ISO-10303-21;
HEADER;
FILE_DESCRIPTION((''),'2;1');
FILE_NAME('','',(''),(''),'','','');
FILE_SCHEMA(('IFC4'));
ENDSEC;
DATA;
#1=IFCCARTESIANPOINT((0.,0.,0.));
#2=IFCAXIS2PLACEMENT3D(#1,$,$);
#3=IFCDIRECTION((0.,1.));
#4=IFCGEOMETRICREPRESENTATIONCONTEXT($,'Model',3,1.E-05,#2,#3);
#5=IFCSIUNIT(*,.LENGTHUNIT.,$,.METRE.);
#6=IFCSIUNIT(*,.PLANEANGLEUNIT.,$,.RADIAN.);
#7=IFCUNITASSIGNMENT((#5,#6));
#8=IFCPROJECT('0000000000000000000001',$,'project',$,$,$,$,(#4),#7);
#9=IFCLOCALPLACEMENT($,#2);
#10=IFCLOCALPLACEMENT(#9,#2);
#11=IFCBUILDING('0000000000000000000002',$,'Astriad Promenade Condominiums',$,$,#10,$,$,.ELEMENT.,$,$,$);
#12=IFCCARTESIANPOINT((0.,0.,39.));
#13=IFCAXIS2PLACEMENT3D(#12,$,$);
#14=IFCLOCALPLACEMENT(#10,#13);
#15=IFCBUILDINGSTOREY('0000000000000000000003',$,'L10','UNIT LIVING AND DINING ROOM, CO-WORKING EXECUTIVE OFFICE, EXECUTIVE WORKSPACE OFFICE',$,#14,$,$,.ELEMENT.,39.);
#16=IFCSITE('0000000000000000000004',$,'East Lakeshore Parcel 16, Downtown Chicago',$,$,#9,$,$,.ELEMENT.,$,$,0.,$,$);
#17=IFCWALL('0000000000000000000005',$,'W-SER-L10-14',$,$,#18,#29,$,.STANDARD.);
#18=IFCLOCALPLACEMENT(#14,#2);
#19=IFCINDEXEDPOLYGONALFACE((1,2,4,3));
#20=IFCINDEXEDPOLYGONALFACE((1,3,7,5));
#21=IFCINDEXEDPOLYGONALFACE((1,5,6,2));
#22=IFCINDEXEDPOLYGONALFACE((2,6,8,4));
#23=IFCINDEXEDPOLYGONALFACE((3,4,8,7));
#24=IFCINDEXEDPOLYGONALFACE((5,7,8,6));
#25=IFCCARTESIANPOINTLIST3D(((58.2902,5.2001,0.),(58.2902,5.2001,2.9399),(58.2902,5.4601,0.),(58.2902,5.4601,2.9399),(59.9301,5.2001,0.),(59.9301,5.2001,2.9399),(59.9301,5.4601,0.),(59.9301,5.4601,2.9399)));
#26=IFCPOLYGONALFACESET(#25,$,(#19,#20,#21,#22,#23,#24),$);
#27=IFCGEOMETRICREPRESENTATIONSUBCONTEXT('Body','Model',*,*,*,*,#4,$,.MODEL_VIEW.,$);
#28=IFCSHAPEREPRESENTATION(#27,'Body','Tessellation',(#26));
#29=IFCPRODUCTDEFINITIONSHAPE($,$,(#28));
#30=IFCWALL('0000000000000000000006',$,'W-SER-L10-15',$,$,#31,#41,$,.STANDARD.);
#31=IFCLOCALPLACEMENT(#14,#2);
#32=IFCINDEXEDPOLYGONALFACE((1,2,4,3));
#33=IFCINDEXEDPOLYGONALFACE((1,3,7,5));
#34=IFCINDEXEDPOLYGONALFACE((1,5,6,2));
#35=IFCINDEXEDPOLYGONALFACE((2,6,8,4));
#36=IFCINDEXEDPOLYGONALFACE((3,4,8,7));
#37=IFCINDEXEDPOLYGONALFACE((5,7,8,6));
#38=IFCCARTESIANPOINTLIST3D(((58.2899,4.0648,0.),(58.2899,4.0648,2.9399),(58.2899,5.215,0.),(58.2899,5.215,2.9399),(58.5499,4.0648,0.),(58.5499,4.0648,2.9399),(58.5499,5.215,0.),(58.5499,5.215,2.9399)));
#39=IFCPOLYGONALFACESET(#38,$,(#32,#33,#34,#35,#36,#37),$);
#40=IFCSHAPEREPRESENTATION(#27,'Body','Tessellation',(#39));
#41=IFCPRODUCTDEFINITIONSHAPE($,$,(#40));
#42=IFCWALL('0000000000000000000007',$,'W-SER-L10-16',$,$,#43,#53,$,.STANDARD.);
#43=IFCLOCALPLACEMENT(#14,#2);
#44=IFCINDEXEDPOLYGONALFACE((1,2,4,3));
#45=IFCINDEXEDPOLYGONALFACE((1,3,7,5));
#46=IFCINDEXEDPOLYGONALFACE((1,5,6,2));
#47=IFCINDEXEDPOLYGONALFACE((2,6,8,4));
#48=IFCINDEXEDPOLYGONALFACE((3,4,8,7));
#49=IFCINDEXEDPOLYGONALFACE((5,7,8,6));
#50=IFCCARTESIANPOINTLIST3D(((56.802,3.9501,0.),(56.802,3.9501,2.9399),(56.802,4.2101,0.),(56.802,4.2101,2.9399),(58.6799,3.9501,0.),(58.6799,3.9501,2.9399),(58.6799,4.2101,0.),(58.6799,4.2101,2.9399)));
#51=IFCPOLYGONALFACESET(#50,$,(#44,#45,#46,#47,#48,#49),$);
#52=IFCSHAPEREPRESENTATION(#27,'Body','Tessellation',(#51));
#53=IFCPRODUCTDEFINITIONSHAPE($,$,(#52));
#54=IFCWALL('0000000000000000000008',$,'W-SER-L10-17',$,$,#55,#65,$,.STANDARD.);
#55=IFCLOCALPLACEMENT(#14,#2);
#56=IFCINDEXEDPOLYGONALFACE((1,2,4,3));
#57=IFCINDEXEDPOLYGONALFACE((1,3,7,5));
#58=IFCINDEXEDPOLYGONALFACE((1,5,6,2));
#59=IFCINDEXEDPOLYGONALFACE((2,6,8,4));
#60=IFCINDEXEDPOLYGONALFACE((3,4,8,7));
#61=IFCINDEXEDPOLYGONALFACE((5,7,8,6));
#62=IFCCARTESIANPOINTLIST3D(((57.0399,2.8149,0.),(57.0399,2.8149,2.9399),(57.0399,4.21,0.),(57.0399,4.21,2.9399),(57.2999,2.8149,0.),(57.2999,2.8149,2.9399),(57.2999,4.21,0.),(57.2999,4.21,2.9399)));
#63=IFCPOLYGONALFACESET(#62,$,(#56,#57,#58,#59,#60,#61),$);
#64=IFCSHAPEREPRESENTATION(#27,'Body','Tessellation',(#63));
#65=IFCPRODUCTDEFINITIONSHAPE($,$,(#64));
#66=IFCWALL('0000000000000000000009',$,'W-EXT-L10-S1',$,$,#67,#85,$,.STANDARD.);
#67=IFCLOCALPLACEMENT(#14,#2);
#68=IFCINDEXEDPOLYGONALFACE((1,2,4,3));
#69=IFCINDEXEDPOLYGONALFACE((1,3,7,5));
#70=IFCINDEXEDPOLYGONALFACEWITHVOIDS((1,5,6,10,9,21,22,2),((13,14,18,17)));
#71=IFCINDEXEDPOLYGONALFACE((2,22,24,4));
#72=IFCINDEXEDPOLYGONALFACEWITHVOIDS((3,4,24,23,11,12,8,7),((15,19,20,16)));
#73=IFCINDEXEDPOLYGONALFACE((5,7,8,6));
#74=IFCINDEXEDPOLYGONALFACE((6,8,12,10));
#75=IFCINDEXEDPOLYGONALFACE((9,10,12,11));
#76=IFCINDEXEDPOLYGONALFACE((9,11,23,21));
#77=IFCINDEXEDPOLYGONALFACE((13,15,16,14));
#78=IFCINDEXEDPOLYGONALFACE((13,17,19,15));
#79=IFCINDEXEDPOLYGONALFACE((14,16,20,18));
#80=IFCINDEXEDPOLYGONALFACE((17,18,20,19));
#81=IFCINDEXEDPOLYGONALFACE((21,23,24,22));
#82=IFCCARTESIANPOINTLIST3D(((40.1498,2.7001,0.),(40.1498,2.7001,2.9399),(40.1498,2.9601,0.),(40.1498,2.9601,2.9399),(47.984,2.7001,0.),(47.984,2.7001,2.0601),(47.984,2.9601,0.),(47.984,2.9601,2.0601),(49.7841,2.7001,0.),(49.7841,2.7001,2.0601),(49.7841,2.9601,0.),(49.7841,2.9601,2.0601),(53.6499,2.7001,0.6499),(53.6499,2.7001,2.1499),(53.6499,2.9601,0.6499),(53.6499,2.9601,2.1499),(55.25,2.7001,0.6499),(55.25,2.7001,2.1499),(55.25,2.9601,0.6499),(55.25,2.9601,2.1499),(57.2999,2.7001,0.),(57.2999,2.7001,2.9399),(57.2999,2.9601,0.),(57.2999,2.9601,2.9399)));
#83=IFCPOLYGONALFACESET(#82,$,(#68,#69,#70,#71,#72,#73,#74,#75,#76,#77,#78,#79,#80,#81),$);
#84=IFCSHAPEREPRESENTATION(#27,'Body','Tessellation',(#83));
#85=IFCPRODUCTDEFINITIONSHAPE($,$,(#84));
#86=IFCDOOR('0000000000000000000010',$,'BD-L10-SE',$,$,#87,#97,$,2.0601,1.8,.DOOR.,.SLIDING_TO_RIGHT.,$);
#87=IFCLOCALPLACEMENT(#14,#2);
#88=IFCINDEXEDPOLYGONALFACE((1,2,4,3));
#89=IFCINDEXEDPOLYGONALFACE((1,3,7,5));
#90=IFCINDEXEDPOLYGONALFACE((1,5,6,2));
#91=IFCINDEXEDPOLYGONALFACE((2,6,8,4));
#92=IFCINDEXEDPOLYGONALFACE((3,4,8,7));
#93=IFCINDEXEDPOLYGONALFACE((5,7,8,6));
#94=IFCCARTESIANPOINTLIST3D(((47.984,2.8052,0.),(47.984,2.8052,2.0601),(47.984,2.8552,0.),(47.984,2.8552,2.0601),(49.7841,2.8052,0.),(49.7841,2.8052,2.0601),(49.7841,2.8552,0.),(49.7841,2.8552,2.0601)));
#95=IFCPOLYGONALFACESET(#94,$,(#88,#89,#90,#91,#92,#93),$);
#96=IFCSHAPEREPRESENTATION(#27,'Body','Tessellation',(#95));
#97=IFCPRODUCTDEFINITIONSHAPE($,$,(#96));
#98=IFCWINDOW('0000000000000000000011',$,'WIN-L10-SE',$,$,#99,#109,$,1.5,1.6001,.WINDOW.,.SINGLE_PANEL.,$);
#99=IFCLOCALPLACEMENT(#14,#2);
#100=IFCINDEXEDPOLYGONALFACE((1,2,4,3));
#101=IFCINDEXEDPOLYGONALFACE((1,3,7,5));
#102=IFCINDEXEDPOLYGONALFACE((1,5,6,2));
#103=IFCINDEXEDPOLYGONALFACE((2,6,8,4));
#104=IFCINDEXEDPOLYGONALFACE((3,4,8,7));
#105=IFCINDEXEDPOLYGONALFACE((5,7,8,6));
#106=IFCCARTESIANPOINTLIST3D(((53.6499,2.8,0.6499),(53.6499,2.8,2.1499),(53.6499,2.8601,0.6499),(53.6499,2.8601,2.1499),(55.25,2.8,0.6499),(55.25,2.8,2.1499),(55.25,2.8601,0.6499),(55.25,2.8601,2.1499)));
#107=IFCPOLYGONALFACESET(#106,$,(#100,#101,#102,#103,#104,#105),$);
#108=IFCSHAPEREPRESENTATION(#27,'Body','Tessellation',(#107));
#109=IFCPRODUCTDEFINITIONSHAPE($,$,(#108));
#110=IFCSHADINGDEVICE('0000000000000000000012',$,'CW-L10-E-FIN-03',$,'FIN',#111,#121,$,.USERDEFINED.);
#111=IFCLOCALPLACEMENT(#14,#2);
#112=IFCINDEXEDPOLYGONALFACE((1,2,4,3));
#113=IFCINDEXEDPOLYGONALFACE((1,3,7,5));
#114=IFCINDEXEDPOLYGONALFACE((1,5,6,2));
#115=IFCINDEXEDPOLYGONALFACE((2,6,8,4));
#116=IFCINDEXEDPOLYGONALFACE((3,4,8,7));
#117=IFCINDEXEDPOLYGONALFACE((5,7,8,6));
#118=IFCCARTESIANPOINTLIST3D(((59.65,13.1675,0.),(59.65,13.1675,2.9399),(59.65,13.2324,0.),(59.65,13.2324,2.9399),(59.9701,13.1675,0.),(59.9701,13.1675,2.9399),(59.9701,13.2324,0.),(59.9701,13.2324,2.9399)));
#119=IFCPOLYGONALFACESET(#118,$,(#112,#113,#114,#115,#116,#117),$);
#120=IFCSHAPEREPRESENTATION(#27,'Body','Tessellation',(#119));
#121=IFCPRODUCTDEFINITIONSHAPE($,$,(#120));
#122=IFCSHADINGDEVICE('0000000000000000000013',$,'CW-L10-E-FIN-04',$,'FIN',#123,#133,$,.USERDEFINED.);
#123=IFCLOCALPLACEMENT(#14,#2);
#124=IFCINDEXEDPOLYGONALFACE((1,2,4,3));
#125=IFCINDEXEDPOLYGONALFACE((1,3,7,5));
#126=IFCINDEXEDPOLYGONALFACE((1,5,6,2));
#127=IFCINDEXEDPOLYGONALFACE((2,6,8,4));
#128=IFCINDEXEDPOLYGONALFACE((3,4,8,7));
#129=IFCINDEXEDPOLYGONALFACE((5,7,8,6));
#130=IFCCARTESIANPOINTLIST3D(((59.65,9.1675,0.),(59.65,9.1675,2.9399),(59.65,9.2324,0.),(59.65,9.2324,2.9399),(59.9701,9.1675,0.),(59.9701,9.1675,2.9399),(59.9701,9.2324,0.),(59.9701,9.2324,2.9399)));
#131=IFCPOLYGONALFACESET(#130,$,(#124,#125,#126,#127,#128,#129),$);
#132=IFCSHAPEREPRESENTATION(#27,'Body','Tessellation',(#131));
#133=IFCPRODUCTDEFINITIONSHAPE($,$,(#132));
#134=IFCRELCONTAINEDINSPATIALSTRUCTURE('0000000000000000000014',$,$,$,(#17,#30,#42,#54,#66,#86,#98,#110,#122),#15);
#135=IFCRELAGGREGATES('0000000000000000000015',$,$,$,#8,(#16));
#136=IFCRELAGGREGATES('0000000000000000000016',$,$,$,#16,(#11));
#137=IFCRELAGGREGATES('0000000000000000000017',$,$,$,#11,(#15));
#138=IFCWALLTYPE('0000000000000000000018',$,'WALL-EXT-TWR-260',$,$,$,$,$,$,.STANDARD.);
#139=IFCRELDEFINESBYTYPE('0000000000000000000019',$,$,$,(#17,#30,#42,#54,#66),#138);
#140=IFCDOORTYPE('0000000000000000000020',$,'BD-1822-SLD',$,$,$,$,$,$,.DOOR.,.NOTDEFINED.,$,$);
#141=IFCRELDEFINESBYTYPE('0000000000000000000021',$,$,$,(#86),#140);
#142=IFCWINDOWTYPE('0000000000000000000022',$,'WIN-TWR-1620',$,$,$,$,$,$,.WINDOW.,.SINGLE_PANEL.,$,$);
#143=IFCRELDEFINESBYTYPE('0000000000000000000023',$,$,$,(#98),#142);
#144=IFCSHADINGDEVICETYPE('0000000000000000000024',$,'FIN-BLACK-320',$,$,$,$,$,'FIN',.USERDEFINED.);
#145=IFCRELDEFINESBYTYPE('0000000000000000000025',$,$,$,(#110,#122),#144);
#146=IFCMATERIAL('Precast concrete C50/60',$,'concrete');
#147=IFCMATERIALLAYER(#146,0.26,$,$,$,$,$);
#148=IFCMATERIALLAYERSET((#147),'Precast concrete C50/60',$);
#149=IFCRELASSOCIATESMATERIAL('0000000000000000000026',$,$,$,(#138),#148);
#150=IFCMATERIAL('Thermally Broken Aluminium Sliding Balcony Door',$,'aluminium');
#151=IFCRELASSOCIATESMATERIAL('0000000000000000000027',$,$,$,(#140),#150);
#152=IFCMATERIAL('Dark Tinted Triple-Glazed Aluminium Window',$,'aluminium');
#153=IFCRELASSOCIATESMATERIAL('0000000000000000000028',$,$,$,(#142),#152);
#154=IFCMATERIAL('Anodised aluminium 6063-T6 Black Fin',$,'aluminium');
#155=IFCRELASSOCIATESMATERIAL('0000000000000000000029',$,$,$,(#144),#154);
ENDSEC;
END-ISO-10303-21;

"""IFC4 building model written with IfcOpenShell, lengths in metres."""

from ifc_helpers import new_model, si_unit, direction, frame, frame_2d, origin, origin_2d, place, context, subcontext, project, spatial, rectangle, extrude, source, transform, mapped, material, layer, layer_set, type_object, type_shapes, element, fill, save


model = new_model("IFC4")

# Units and contexts
model_context = context("Model", 3, precision=1e-05, world=origin(), true_north=direction((0.0, 1.0)))
body_context = subcontext(model_context, "Body", "Model", "MODEL_VIEW")
ifc_project = project(units=[si_unit("LENGTHUNIT", "METRE"), si_unit("PLANEANGLEUNIT", "RADIAN")], contexts=[model_context])

# Site, building, storey
site_placement = place(None, origin())
site = spatial("IfcSite", under=ifc_project, at=site_placement, Name="East Lakeshore Parcel 16, Downtown Chicago", CompositionType="ELEMENT", RefElevation=0.0)
building_placement = place(site_placement, origin())
building = spatial("IfcBuilding", under=site, at=building_placement, Name="Astriad Promenade Condominiums", CompositionType="ELEMENT")
storey_placement = place(building_placement, frame((0.0, 0.0, 39.0)))
storey = spatial("IfcBuildingStorey", under=building, at=storey_placement, Name="L10", Description="UNIT LIVING AND DINING ROOM, CO-WORKING EXECUTIVE OFFICE, EXECUTIVE WORKSPACE OFFICE", CompositionType="ELEMENT", Elevation=39.0)

# Walls
ifc_material_1 = material(Name="Precast concrete C50/60", Category="concrete")
ifc_layer_1 = layer(ifc_material_1, 0.26)
ifc_layer_set_1 = layer_set([ifc_layer_1], Name="Precast concrete C50/60")
wall_type = type_object("IfcWallType", Name="WALL-EXT-TWR-260", PredefinedType="STANDARD", material=ifc_layer_set_1)
wall_1_placement = place(storey_placement, frame((59.9299, 5.3301, 0.0), z_axis=(0.0, 0.0, 1.0), x_axis=(-1.0, 0.0, 0.0)))
element("IfcWall", 1, at=wall_1_placement, inside=storey, type_object=wall_type, Name="W-SER-L10-14", PredefinedType="STANDARD", context=body_context, shape_type="SweptSolid", body=[
    extrude(rectangle(XDim=1.6399, YDim=0.26, at=frame_2d((0.8198, 0.0))), origin(), (0.0, 0.0, 1.0), 2.9399),
])
wall_2_placement = place(storey_placement, frame((58.4199, 5.2151, 0.0), z_axis=(0.0, 0.0, 1.0), x_axis=(0.0, -1.0, 0.0)))
element("IfcWall", 2, at=wall_2_placement, inside=storey, type_object=wall_type, Name="W-SER-L10-15", PredefinedType="STANDARD", context=body_context, shape_type="SweptSolid", body=[
    extrude(rectangle(XDim=1.1501, YDim=0.26, at=frame_2d((0.5752, 0.0))), origin(), (0.0, 0.0, 1.0), 2.9399),
])
wall_3_placement = place(storey_placement, frame((58.6799, 4.0801, 0.0), z_axis=(0.0, 0.0, 1.0), x_axis=(-1.0, 0.0, 0.0)))
element("IfcWall", 3, at=wall_3_placement, inside=storey, type_object=wall_type, Name="W-SER-L10-16", PredefinedType="STANDARD", context=body_context, shape_type="SweptSolid", body=[
    extrude(rectangle(XDim=1.8779, YDim=0.26, at=frame_2d((0.939, 0.0))), origin(), (0.0, 0.0, 1.0), 2.9399),
])
wall_4_placement = place(storey_placement, frame((57.1699, 4.21, 0.0), z_axis=(0.0, 0.0, 1.0), x_axis=(0.0, -1.0, 0.0)))
element("IfcWall", 4, at=wall_4_placement, inside=storey, type_object=wall_type, Name="W-SER-L10-17", PredefinedType="STANDARD", context=body_context, shape_type="SweptSolid", body=[
    extrude(rectangle(XDim=1.395, YDim=0.26, at=frame_2d((0.6975, 0.0))), origin(), (0.0, 0.0, 1.0), 2.9399),
])

# Wall, openings, door, window
wall_5_placement = place(storey_placement, frame((57.3, 2.8301, 0.0), z_axis=(0.0, 0.0, 1.0), x_axis=(-1.0, 0.0, 0.0)))
wall_5 = element("IfcWall", 5, at=wall_5_placement, inside=storey, type_object=wall_type, Name="W-EXT-L10-S1", PredefinedType="STANDARD", context=body_context, shape_type="SweptSolid", body=[
    extrude(rectangle(XDim=17.1501, YDim=0.26, at=frame_2d((8.5752, 0.0))), origin(), (0.0, 0.0, 1.0), 2.9399),
])
opening_1_placement = place(wall_5_placement, frame((7.5161, 0.0, 0.0)))
opening_1 = element("IfcOpeningElement", 6, at=opening_1_placement, cuts=wall_5, PredefinedType="OPENING", context=body_context, shape_type="SweptSolid", body=[
    extrude(rectangle(XDim=1.8, YDim=2.0601, at=frame_2d((0.8999, 1.03))), frame((0.0, 0.1399, 0.0), z_axis=(0.0, -1.0, 0.0), x_axis=(1.0, 0.0, 0.0)), (0.0, 0.0, 1.0), 0.28),
])
opening_2_placement = place(wall_5_placement, frame((2.05, 0.0, 0.6499)))
opening_2 = element("IfcOpeningElement", 7, at=opening_2_placement, cuts=wall_5, PredefinedType="OPENING", context=body_context, shape_type="SweptSolid", body=[
    extrude(rectangle(XDim=1.6001, YDim=1.5, at=frame_2d((0.8, 0.75))), frame((0.0, 0.1399, 0.0), z_axis=(0.0, -1.0, 0.0), x_axis=(1.0, 0.0, 0.0)), (0.0, 0.0, 1.0), 0.28),
])
ifc_material_2 = material(Name="Thermally Broken Aluminium Sliding Balcony Door", Category="aluminium")
door_type = type_object("IfcDoorType", Name="BD-1822-SLD", OperationType="NOTDEFINED", PredefinedType="DOOR", material=ifc_material_2)
shared_shape_1 = source(origin(), body_context, "Body", "SweptSolid", [
    extrude(rectangle(XDim=1.8, YDim=2.0601, at=frame_2d((0.8999, 1.03))), frame((0.0, 0.0249, 0.0), z_axis=(0.0, -1.0, 0.0), x_axis=(1.0, 0.0, 0.0)), (0.0, 0.0, 1.0), 0.05),
])
type_shapes(door_type, [shared_shape_1])
door_placement = place(opening_1_placement, origin())
door = element("IfcDoor", 8, at=door_placement, inside=storey, type_object=door_type, Name="BD-L10-SE", OperationType="SLIDING_TO_RIGHT", OverallHeight=2.0601, OverallWidth=1.8, PredefinedType="DOOR", context=body_context, shape_type="MappedRepresentation", body=[
    mapped(shared_shape_1, transform((0.0, 0.0, 0.0), scale=1.0)),
])
fill(opening_1, door)
ifc_material_3 = material(Name="Dark Tinted Triple-Glazed Aluminium Window", Category="aluminium")
window_type = type_object("IfcWindowType", Name="WIN-TWR-1620", PartitioningType="SINGLE_PANEL", PredefinedType="WINDOW", material=ifc_material_3)
shared_shape_2 = source(origin(), body_context, "Body", "SweptSolid", [
    extrude(rectangle(XDim=1.6001, YDim=1.5, at=frame_2d((0.8, 0.75))), frame((0.0, 0.03, 0.0), z_axis=(0.0, -1.0, 0.0), x_axis=(1.0, 0.0, 0.0)), (0.0, 0.0, 1.0), 0.0601),
])
type_shapes(window_type, [shared_shape_2])
window_placement = place(opening_2_placement, origin())
window = element("IfcWindow", 9, at=window_placement, inside=storey, type_object=window_type, Name="WIN-L10-SE", OverallHeight=1.5, OverallWidth=1.6001, PartitioningType="SINGLE_PANEL", PredefinedType="WINDOW", context=body_context, shape_type="MappedRepresentation", body=[
    mapped(shared_shape_2, transform((0.0, 0.0, 0.0), scale=1.0)),
])
fill(opening_2, window)

# Shading devices
ifc_material_4 = material(Name="Anodised aluminium 6063-T6 Black Fin", Category="aluminium")
shading_device_type = type_object("IfcShadingDeviceType", Name="FIN-BLACK-320", ElementType="FIN", PredefinedType="USERDEFINED", material=ifc_material_4)
shared_shape_3 = source(origin(), body_context, "Body", "SweptSolid", [
    extrude(rectangle(XDim=0.0649, YDim=0.3201, at=origin_2d()), origin(), (0.0, 0.0, 1.0), 2.9399),
])
type_shapes(shading_device_type, [shared_shape_3])
for number, where, z_axis, x_axis, name in (
    (10, (59.8101, 13.2, 0.0), (0.0, 0.0, 1.0), (0.0, -1.0, 0.0), "CW-L10-E-FIN-03"),
    (11, (59.8101, 9.2, 0.0), (0.0, 0.0, 1.0), (0.0, -1.0, 0.0), "CW-L10-E-FIN-04"),
):
    element("IfcShadingDevice", number, at=place(storey_placement, frame(where, z_axis=z_axis, x_axis=x_axis)), inside=storey, type_object=shading_device_type, Name=name, ObjectType="FIN", PredefinedType="USERDEFINED", context=body_context, shape_type="MappedRepresentation", body=[
        mapped(shared_shape_3, transform((0.0, 0.0, 0.0), scale=1.0)),
    ])

save(model, "model.ifc")
